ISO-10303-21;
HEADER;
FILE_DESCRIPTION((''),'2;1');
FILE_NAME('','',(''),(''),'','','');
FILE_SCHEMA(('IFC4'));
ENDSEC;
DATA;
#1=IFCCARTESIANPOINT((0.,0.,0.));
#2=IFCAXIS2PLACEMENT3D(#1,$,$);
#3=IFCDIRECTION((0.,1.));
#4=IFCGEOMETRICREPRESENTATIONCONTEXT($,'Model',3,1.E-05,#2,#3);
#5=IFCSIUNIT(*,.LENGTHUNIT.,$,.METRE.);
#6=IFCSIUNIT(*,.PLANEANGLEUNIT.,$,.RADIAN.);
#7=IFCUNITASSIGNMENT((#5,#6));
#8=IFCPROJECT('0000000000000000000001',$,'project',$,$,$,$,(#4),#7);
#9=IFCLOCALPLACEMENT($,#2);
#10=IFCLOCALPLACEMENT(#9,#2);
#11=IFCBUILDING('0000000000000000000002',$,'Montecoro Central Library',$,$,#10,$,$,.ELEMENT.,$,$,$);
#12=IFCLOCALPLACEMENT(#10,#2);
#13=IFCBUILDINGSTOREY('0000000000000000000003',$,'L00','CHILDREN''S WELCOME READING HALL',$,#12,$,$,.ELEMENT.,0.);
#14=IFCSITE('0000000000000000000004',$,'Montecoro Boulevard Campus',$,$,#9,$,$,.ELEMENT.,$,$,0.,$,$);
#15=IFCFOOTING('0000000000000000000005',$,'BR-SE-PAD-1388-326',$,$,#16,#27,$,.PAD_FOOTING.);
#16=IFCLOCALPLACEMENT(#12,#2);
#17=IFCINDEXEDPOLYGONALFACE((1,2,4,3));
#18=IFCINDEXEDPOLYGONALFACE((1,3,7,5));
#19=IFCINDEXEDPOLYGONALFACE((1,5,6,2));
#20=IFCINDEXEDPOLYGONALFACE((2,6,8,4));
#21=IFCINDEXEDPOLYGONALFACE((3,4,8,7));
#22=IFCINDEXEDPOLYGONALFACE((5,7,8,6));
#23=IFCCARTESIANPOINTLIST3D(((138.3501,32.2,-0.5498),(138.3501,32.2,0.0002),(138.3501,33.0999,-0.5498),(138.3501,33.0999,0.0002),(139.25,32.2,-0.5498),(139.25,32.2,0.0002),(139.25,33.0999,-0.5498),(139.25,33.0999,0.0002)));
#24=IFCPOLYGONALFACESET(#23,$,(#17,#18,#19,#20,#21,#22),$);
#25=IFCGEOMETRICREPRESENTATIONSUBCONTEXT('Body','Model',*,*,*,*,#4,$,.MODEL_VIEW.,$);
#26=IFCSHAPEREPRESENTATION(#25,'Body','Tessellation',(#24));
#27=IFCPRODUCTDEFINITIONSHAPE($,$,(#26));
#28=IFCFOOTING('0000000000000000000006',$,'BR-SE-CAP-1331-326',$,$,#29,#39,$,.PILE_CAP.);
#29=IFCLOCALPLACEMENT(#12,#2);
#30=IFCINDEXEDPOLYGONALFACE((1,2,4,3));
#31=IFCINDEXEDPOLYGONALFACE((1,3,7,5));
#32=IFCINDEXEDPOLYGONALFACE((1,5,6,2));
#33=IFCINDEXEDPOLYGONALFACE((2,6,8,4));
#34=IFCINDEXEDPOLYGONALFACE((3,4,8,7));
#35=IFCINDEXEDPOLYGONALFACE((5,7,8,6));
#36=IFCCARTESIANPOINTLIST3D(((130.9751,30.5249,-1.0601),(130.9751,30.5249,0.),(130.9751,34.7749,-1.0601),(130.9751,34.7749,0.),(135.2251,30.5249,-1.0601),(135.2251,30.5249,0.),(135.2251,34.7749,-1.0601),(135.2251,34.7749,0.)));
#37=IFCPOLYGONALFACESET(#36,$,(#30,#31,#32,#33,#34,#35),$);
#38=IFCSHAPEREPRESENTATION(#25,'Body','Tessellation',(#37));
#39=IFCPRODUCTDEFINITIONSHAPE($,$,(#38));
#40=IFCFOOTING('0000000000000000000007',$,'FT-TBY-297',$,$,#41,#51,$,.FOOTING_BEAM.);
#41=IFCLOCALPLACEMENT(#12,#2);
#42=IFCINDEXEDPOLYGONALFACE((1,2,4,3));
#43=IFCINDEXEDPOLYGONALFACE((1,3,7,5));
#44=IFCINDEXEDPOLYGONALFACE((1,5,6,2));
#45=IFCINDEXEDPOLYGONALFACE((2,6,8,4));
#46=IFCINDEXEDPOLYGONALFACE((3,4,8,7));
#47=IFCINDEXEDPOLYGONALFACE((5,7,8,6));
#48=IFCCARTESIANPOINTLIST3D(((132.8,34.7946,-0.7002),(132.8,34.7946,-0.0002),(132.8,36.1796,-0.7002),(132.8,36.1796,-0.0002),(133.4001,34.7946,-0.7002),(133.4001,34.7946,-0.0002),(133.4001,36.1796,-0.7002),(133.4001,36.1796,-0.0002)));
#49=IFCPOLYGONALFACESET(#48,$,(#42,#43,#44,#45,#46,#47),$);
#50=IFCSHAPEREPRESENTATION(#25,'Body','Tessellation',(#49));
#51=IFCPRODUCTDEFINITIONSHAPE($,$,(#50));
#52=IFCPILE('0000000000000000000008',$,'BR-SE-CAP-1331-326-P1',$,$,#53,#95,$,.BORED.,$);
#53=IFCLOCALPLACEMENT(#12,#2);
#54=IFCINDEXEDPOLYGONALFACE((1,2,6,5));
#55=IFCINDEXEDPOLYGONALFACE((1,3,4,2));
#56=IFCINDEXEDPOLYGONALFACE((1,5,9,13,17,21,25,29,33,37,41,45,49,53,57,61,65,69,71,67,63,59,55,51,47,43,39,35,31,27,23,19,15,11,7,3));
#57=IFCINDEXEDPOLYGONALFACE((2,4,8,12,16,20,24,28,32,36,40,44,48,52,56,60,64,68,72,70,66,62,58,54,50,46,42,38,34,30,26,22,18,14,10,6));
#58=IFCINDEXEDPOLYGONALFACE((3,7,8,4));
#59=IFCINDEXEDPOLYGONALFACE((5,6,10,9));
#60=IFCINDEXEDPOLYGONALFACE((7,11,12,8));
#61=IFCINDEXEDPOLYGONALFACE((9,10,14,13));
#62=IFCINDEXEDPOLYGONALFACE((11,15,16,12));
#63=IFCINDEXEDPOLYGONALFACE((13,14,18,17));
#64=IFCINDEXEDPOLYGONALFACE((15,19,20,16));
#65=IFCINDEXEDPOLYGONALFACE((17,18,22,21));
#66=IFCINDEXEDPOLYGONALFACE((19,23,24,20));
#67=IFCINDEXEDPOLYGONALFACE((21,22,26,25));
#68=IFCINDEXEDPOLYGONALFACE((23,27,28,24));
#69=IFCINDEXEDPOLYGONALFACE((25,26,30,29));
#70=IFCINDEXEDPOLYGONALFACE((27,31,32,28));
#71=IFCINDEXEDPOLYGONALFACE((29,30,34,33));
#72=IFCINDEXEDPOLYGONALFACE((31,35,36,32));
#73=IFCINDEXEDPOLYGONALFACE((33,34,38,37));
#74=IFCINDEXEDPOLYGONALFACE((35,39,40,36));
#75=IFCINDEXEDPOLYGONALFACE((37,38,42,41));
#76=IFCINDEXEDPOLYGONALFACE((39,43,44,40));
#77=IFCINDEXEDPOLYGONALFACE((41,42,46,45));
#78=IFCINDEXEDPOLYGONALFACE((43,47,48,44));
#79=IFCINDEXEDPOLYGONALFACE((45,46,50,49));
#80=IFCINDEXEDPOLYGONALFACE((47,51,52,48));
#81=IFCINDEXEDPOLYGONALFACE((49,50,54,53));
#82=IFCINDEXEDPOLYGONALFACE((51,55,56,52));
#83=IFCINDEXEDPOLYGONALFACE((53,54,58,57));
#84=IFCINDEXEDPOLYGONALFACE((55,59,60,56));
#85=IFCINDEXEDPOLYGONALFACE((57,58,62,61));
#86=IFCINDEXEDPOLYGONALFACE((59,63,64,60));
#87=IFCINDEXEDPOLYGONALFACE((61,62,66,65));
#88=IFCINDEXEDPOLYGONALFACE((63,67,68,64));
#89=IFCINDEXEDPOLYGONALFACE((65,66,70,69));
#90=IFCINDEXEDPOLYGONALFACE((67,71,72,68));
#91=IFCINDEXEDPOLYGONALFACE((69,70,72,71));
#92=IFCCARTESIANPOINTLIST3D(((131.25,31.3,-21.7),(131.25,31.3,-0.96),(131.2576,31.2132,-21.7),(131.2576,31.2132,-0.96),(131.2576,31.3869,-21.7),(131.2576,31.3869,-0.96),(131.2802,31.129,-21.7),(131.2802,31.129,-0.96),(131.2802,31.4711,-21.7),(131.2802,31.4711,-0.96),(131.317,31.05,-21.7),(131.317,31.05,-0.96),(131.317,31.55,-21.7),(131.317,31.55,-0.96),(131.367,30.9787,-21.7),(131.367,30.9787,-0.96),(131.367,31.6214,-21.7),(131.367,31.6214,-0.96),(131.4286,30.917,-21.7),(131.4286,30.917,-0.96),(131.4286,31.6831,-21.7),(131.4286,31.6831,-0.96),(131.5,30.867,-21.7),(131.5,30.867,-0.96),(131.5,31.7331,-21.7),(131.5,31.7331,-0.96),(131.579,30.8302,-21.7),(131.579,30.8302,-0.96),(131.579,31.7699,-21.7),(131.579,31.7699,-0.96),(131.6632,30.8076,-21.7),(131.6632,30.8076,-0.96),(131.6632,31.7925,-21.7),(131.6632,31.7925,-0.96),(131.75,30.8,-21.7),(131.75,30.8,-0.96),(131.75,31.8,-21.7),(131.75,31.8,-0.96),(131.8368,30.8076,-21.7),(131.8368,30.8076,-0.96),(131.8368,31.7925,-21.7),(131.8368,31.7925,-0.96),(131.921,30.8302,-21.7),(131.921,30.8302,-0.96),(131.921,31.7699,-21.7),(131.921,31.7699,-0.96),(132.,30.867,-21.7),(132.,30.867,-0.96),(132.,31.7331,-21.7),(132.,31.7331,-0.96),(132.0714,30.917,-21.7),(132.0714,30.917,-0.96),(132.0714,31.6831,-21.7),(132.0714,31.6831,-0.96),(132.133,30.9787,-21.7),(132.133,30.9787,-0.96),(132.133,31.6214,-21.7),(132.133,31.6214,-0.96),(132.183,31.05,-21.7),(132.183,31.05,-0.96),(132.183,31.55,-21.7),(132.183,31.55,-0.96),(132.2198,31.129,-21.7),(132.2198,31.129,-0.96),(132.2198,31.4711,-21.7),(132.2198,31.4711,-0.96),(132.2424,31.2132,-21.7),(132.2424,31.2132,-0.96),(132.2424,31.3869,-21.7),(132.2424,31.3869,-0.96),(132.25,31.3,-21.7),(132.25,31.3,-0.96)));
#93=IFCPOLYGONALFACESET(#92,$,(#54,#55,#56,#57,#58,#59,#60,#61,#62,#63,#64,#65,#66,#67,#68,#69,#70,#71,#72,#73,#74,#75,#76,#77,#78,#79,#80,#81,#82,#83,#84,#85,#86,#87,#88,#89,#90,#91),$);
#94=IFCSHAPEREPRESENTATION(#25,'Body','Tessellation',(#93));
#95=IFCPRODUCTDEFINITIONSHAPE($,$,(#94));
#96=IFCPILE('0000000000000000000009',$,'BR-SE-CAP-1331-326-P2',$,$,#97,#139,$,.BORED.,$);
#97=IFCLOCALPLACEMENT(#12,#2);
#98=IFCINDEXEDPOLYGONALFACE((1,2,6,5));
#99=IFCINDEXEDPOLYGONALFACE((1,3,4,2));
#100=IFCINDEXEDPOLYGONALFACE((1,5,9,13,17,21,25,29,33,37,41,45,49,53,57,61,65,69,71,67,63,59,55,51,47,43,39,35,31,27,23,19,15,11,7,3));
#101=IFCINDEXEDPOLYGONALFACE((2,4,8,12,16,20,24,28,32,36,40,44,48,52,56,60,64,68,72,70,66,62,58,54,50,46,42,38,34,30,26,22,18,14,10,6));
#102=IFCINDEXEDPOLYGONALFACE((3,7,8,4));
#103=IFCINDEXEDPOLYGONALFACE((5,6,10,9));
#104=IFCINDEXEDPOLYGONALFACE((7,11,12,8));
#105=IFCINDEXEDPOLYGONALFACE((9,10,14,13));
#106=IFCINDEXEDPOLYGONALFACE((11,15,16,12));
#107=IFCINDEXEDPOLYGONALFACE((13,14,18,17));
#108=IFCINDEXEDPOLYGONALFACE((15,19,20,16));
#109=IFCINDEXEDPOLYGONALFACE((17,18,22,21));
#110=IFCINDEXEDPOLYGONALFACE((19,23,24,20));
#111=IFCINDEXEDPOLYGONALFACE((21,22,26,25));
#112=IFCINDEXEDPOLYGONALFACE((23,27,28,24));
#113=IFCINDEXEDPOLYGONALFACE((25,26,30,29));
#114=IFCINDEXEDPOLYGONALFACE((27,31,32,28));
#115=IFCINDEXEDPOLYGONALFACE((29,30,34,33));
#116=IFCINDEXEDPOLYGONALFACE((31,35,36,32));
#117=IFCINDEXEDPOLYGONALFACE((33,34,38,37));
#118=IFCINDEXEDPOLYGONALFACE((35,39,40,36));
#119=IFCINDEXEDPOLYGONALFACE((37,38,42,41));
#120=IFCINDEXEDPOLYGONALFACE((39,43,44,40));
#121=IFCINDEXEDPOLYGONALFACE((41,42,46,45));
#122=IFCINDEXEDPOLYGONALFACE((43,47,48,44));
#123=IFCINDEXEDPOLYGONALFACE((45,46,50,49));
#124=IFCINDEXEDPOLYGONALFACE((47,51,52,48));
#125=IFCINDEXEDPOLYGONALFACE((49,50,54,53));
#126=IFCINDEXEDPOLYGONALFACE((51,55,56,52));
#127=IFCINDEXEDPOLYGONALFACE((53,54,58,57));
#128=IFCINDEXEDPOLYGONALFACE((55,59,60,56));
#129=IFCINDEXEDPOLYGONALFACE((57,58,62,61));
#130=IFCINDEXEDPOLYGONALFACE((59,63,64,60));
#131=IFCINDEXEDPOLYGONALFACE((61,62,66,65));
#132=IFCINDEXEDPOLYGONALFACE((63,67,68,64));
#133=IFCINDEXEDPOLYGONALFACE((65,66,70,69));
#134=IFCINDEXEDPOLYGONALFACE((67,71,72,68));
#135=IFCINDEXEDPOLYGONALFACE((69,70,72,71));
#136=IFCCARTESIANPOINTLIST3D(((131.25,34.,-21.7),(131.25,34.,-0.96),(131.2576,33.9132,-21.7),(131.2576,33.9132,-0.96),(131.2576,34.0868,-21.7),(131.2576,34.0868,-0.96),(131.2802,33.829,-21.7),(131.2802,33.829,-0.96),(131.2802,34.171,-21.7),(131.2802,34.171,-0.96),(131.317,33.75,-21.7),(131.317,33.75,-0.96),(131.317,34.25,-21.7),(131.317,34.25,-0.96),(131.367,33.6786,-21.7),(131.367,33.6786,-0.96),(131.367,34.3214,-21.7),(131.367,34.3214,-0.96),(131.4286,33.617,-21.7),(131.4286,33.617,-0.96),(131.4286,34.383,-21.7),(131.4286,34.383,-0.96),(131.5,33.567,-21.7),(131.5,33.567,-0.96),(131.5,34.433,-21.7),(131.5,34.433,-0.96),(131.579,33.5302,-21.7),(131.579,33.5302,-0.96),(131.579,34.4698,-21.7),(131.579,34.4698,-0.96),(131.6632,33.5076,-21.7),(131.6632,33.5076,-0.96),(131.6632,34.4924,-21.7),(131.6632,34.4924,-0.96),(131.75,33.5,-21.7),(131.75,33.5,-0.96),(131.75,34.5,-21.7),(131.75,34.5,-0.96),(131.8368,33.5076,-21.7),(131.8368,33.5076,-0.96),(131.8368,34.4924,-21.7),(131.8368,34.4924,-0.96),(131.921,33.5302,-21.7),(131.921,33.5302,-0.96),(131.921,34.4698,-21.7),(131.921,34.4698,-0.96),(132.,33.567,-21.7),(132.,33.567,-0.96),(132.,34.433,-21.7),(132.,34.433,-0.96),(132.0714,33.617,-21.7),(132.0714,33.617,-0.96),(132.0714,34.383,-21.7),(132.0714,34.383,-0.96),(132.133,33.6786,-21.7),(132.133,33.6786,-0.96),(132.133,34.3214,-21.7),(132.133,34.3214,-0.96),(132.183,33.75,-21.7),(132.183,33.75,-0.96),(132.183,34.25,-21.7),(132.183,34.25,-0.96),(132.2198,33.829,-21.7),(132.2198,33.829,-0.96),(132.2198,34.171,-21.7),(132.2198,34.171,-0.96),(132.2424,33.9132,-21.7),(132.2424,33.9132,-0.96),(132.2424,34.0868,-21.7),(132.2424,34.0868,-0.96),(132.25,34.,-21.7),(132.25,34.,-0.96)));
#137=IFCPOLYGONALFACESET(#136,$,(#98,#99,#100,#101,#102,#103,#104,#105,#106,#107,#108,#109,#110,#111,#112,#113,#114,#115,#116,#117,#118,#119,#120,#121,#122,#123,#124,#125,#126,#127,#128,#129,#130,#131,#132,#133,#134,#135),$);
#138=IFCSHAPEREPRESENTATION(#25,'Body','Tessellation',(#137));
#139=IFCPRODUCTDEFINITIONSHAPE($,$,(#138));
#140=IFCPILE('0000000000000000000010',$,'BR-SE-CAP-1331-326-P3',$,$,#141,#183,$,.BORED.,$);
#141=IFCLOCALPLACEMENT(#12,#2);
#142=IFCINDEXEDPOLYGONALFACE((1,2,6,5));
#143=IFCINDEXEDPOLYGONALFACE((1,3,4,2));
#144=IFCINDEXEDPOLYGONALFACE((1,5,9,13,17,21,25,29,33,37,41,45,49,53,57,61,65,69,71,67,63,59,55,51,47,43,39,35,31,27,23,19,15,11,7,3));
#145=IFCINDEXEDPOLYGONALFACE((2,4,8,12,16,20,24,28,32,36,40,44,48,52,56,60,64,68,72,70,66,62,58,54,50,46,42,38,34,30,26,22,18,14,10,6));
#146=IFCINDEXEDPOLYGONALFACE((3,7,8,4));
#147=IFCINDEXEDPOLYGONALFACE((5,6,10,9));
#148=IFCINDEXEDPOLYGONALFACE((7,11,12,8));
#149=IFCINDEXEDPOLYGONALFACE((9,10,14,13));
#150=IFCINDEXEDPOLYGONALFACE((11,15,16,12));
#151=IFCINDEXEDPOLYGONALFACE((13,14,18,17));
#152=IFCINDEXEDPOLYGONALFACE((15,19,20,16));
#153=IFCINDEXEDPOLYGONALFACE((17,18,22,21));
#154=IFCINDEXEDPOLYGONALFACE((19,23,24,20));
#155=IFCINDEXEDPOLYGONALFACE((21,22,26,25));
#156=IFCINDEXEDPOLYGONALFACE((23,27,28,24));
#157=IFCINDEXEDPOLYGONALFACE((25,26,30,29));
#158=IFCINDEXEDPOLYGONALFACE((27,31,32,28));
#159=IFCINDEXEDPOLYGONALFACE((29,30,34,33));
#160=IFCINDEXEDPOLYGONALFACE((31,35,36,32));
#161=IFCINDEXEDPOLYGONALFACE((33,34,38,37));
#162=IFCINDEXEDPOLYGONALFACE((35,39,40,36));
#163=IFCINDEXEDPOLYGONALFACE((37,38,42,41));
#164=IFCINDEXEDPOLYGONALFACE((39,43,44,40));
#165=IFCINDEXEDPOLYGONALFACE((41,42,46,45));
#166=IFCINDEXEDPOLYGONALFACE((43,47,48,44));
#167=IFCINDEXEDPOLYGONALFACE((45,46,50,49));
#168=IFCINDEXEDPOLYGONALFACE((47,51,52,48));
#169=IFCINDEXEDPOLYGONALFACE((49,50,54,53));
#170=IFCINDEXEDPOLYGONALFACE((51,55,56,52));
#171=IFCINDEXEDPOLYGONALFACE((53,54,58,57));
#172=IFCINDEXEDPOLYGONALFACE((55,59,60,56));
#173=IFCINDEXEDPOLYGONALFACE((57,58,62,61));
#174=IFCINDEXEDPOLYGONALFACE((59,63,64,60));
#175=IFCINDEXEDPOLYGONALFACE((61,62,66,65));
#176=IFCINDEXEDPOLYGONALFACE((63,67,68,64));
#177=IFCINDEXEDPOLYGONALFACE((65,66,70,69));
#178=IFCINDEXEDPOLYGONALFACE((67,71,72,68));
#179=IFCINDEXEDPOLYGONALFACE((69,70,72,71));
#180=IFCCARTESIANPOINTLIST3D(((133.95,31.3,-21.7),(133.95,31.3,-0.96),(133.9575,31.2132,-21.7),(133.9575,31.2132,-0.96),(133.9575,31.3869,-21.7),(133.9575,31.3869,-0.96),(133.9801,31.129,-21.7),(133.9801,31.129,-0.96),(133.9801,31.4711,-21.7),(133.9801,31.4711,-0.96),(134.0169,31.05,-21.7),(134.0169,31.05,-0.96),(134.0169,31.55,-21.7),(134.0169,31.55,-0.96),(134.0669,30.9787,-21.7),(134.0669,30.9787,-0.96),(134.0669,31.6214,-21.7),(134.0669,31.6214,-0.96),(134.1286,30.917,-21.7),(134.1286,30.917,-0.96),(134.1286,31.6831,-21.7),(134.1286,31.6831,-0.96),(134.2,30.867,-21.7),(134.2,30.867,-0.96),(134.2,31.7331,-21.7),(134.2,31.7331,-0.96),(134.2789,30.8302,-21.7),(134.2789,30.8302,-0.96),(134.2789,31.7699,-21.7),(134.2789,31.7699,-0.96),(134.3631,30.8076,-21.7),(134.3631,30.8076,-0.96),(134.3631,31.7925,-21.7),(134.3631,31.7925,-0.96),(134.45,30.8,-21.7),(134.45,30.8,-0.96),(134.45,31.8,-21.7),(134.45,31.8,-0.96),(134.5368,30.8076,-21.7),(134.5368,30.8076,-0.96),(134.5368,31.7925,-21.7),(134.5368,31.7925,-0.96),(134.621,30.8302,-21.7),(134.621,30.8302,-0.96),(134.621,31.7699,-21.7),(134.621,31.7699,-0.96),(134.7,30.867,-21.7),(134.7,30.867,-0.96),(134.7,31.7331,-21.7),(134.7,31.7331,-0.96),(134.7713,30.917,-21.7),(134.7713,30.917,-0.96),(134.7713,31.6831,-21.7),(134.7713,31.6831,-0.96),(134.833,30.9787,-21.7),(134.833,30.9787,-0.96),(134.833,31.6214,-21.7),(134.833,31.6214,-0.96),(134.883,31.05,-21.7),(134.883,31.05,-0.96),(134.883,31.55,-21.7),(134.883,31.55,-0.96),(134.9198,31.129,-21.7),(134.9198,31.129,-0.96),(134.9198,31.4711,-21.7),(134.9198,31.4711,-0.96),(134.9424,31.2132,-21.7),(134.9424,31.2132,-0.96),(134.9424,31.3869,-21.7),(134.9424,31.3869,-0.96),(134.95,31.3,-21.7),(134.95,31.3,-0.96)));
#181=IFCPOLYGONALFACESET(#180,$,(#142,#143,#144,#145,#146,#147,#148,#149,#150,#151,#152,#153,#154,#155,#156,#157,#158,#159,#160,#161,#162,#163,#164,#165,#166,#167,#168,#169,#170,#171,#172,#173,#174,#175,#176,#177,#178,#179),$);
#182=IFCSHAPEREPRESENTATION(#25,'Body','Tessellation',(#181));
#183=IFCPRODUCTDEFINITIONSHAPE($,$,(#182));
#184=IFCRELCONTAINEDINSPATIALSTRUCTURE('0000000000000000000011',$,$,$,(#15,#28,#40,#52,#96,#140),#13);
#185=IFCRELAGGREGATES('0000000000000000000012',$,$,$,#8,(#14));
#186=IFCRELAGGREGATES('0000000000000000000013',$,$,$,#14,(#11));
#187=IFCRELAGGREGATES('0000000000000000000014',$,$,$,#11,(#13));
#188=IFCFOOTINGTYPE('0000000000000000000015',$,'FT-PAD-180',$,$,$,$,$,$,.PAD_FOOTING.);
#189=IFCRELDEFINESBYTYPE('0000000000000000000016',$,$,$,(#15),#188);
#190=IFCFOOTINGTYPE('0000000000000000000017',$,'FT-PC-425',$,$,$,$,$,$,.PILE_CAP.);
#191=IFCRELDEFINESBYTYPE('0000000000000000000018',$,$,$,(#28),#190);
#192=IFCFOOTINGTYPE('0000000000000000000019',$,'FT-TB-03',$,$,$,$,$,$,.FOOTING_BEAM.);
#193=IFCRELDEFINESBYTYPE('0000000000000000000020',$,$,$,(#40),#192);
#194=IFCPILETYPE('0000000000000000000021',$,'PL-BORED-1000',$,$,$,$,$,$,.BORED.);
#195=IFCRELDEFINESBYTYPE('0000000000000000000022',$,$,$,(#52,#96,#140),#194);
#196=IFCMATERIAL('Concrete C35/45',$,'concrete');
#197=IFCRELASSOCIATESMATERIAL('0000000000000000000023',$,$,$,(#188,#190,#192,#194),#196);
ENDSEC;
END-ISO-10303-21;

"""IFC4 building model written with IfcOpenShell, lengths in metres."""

from ifc_helpers import new_model, si_unit, direction, frame, origin, origin_2d, place, context, subcontext, project, spatial, rectangle, circle, extrude, material, material_profile, profile_set, type_object, element, save


model = new_model("IFC4")

# Units and contexts
model_context = context("Model", 3, precision=1e-05, world=origin(), true_north=direction((0.0, 1.0)))
body_context = subcontext(model_context, "Body", "Model", "MODEL_VIEW")
ifc_project = project(units=[si_unit("LENGTHUNIT", "METRE"), si_unit("PLANEANGLEUNIT", "RADIAN")], contexts=[model_context])

# Site, building, storey
site_placement = place(None, origin())
site = spatial("IfcSite", under=ifc_project, at=site_placement, Name="Montecoro Boulevard Campus", CompositionType="ELEMENT", RefElevation=0.0)
building_placement = place(site_placement, origin())
building = spatial("IfcBuilding", under=site, at=building_placement, Name="Montecoro Central Library", CompositionType="ELEMENT")
storey_placement = place(building_placement, origin())
storey = spatial("IfcBuildingStorey", under=building, at=storey_placement, Name="L00", Description="CHILDREN'S WELCOME READING HALL", CompositionType="ELEMENT", Elevation=0.0)

# Footings
ifc_material_1 = material(Name="Concrete C35/45", Category="concrete")
footing_type_1 = type_object("IfcFootingType", Name="FT-PAD-180", PredefinedType="PAD_FOOTING", material=ifc_material_1)
footing_1_placement = place(storey_placement, frame((138.8, 32.6499, -0.5498), z_axis=(0.0, 0.0, 1.0), x_axis=(1.0, 0.0, 0.0)))
element("IfcFooting", 1, at=footing_1_placement, inside=storey, type_object=footing_type_1, Name="BR-SE-PAD-1388-326", PredefinedType="PAD_FOOTING", context=body_context, shape_type="SweptSolid", body=[
    extrude(rectangle(XDim=0.8999, YDim=0.8999, at=origin_2d()), origin(), (0.0, 0.0, 1.0), 0.55),
])
footing_type_2 = type_object("IfcFootingType", Name="FT-PC-425", PredefinedType="PILE_CAP", material=ifc_material_1)
footing_2_placement = place(storey_placement, frame((133.1001, 32.6499, -1.0601), z_axis=(0.0, 0.0, 1.0), x_axis=(1.0, 0.0, 0.0)))
element("IfcFooting", 2, at=footing_2_placement, inside=storey, type_object=footing_type_2, Name="BR-SE-CAP-1331-326", PredefinedType="PILE_CAP", context=body_context, shape_type="SweptSolid", body=[
    extrude(rectangle(XDim=4.25, YDim=4.25, at=origin_2d()), origin(), (0.0, 0.0, 1.0), 1.0601),
])
footing_type_3 = type_object("IfcFootingType", Name="FT-TB-03", PredefinedType="FOOTING_BEAM", material=ifc_material_1)
footing_3_placement = place(storey_placement, frame((133.1001, 35.4871, -0.7002), z_axis=(0.0, 0.0, 1.0), x_axis=(1.0, 0.0, 0.0)))
element("IfcFooting", 3, at=footing_3_placement, inside=storey, type_object=footing_type_3, Name="FT-TBY-297", PredefinedType="FOOTING_BEAM", context=body_context, shape_type="SweptSolid", body=[
    extrude(rectangle(XDim=0.6001, YDim=1.385, at=origin_2d()), origin(), (0.0, 0.0, 1.0), 0.7),
])

# Piles
ifc_material_profile_1 = material_profile(ifc_material_1, circle(Radius=0.5, at=origin_2d()), Name="PILE D1000")
ifc_profile_set_1 = profile_set([ifc_material_profile_1], Name="Concrete C35/45")
pile_type = type_object("IfcPileType", Name="PL-BORED-1000", PredefinedType="BORED", material=ifc_profile_set_1)
for number, where, z_axis, x_axis, name in (
    (4, (131.75, 31.3, -0.96), (0.0, 0.0, -1.0), (1.0, 0.0, 0.0), "BR-SE-CAP-1331-326-P1"),
    (5, (131.75, 34.0, -0.96), (0.0, 0.0, -1.0), (1.0, 0.0, 0.0), "BR-SE-CAP-1331-326-P2"),
    (6, (134.45, 31.3, -0.96), (0.0, 0.0, -1.0), (1.0, 0.0, 0.0), "BR-SE-CAP-1331-326-P3"),
):
    element("IfcPile", number, at=place(storey_placement, frame(where, z_axis=z_axis, x_axis=x_axis)), inside=storey, type_object=pile_type, Name=name, PredefinedType="BORED", context=body_context, shape_type="SweptSolid", body=[
        extrude(circle(Radius=0.5, at=origin_2d()), origin(), (0.0, 0.0, 1.0), 20.74),
    ])

save(model, "model.ifc")
